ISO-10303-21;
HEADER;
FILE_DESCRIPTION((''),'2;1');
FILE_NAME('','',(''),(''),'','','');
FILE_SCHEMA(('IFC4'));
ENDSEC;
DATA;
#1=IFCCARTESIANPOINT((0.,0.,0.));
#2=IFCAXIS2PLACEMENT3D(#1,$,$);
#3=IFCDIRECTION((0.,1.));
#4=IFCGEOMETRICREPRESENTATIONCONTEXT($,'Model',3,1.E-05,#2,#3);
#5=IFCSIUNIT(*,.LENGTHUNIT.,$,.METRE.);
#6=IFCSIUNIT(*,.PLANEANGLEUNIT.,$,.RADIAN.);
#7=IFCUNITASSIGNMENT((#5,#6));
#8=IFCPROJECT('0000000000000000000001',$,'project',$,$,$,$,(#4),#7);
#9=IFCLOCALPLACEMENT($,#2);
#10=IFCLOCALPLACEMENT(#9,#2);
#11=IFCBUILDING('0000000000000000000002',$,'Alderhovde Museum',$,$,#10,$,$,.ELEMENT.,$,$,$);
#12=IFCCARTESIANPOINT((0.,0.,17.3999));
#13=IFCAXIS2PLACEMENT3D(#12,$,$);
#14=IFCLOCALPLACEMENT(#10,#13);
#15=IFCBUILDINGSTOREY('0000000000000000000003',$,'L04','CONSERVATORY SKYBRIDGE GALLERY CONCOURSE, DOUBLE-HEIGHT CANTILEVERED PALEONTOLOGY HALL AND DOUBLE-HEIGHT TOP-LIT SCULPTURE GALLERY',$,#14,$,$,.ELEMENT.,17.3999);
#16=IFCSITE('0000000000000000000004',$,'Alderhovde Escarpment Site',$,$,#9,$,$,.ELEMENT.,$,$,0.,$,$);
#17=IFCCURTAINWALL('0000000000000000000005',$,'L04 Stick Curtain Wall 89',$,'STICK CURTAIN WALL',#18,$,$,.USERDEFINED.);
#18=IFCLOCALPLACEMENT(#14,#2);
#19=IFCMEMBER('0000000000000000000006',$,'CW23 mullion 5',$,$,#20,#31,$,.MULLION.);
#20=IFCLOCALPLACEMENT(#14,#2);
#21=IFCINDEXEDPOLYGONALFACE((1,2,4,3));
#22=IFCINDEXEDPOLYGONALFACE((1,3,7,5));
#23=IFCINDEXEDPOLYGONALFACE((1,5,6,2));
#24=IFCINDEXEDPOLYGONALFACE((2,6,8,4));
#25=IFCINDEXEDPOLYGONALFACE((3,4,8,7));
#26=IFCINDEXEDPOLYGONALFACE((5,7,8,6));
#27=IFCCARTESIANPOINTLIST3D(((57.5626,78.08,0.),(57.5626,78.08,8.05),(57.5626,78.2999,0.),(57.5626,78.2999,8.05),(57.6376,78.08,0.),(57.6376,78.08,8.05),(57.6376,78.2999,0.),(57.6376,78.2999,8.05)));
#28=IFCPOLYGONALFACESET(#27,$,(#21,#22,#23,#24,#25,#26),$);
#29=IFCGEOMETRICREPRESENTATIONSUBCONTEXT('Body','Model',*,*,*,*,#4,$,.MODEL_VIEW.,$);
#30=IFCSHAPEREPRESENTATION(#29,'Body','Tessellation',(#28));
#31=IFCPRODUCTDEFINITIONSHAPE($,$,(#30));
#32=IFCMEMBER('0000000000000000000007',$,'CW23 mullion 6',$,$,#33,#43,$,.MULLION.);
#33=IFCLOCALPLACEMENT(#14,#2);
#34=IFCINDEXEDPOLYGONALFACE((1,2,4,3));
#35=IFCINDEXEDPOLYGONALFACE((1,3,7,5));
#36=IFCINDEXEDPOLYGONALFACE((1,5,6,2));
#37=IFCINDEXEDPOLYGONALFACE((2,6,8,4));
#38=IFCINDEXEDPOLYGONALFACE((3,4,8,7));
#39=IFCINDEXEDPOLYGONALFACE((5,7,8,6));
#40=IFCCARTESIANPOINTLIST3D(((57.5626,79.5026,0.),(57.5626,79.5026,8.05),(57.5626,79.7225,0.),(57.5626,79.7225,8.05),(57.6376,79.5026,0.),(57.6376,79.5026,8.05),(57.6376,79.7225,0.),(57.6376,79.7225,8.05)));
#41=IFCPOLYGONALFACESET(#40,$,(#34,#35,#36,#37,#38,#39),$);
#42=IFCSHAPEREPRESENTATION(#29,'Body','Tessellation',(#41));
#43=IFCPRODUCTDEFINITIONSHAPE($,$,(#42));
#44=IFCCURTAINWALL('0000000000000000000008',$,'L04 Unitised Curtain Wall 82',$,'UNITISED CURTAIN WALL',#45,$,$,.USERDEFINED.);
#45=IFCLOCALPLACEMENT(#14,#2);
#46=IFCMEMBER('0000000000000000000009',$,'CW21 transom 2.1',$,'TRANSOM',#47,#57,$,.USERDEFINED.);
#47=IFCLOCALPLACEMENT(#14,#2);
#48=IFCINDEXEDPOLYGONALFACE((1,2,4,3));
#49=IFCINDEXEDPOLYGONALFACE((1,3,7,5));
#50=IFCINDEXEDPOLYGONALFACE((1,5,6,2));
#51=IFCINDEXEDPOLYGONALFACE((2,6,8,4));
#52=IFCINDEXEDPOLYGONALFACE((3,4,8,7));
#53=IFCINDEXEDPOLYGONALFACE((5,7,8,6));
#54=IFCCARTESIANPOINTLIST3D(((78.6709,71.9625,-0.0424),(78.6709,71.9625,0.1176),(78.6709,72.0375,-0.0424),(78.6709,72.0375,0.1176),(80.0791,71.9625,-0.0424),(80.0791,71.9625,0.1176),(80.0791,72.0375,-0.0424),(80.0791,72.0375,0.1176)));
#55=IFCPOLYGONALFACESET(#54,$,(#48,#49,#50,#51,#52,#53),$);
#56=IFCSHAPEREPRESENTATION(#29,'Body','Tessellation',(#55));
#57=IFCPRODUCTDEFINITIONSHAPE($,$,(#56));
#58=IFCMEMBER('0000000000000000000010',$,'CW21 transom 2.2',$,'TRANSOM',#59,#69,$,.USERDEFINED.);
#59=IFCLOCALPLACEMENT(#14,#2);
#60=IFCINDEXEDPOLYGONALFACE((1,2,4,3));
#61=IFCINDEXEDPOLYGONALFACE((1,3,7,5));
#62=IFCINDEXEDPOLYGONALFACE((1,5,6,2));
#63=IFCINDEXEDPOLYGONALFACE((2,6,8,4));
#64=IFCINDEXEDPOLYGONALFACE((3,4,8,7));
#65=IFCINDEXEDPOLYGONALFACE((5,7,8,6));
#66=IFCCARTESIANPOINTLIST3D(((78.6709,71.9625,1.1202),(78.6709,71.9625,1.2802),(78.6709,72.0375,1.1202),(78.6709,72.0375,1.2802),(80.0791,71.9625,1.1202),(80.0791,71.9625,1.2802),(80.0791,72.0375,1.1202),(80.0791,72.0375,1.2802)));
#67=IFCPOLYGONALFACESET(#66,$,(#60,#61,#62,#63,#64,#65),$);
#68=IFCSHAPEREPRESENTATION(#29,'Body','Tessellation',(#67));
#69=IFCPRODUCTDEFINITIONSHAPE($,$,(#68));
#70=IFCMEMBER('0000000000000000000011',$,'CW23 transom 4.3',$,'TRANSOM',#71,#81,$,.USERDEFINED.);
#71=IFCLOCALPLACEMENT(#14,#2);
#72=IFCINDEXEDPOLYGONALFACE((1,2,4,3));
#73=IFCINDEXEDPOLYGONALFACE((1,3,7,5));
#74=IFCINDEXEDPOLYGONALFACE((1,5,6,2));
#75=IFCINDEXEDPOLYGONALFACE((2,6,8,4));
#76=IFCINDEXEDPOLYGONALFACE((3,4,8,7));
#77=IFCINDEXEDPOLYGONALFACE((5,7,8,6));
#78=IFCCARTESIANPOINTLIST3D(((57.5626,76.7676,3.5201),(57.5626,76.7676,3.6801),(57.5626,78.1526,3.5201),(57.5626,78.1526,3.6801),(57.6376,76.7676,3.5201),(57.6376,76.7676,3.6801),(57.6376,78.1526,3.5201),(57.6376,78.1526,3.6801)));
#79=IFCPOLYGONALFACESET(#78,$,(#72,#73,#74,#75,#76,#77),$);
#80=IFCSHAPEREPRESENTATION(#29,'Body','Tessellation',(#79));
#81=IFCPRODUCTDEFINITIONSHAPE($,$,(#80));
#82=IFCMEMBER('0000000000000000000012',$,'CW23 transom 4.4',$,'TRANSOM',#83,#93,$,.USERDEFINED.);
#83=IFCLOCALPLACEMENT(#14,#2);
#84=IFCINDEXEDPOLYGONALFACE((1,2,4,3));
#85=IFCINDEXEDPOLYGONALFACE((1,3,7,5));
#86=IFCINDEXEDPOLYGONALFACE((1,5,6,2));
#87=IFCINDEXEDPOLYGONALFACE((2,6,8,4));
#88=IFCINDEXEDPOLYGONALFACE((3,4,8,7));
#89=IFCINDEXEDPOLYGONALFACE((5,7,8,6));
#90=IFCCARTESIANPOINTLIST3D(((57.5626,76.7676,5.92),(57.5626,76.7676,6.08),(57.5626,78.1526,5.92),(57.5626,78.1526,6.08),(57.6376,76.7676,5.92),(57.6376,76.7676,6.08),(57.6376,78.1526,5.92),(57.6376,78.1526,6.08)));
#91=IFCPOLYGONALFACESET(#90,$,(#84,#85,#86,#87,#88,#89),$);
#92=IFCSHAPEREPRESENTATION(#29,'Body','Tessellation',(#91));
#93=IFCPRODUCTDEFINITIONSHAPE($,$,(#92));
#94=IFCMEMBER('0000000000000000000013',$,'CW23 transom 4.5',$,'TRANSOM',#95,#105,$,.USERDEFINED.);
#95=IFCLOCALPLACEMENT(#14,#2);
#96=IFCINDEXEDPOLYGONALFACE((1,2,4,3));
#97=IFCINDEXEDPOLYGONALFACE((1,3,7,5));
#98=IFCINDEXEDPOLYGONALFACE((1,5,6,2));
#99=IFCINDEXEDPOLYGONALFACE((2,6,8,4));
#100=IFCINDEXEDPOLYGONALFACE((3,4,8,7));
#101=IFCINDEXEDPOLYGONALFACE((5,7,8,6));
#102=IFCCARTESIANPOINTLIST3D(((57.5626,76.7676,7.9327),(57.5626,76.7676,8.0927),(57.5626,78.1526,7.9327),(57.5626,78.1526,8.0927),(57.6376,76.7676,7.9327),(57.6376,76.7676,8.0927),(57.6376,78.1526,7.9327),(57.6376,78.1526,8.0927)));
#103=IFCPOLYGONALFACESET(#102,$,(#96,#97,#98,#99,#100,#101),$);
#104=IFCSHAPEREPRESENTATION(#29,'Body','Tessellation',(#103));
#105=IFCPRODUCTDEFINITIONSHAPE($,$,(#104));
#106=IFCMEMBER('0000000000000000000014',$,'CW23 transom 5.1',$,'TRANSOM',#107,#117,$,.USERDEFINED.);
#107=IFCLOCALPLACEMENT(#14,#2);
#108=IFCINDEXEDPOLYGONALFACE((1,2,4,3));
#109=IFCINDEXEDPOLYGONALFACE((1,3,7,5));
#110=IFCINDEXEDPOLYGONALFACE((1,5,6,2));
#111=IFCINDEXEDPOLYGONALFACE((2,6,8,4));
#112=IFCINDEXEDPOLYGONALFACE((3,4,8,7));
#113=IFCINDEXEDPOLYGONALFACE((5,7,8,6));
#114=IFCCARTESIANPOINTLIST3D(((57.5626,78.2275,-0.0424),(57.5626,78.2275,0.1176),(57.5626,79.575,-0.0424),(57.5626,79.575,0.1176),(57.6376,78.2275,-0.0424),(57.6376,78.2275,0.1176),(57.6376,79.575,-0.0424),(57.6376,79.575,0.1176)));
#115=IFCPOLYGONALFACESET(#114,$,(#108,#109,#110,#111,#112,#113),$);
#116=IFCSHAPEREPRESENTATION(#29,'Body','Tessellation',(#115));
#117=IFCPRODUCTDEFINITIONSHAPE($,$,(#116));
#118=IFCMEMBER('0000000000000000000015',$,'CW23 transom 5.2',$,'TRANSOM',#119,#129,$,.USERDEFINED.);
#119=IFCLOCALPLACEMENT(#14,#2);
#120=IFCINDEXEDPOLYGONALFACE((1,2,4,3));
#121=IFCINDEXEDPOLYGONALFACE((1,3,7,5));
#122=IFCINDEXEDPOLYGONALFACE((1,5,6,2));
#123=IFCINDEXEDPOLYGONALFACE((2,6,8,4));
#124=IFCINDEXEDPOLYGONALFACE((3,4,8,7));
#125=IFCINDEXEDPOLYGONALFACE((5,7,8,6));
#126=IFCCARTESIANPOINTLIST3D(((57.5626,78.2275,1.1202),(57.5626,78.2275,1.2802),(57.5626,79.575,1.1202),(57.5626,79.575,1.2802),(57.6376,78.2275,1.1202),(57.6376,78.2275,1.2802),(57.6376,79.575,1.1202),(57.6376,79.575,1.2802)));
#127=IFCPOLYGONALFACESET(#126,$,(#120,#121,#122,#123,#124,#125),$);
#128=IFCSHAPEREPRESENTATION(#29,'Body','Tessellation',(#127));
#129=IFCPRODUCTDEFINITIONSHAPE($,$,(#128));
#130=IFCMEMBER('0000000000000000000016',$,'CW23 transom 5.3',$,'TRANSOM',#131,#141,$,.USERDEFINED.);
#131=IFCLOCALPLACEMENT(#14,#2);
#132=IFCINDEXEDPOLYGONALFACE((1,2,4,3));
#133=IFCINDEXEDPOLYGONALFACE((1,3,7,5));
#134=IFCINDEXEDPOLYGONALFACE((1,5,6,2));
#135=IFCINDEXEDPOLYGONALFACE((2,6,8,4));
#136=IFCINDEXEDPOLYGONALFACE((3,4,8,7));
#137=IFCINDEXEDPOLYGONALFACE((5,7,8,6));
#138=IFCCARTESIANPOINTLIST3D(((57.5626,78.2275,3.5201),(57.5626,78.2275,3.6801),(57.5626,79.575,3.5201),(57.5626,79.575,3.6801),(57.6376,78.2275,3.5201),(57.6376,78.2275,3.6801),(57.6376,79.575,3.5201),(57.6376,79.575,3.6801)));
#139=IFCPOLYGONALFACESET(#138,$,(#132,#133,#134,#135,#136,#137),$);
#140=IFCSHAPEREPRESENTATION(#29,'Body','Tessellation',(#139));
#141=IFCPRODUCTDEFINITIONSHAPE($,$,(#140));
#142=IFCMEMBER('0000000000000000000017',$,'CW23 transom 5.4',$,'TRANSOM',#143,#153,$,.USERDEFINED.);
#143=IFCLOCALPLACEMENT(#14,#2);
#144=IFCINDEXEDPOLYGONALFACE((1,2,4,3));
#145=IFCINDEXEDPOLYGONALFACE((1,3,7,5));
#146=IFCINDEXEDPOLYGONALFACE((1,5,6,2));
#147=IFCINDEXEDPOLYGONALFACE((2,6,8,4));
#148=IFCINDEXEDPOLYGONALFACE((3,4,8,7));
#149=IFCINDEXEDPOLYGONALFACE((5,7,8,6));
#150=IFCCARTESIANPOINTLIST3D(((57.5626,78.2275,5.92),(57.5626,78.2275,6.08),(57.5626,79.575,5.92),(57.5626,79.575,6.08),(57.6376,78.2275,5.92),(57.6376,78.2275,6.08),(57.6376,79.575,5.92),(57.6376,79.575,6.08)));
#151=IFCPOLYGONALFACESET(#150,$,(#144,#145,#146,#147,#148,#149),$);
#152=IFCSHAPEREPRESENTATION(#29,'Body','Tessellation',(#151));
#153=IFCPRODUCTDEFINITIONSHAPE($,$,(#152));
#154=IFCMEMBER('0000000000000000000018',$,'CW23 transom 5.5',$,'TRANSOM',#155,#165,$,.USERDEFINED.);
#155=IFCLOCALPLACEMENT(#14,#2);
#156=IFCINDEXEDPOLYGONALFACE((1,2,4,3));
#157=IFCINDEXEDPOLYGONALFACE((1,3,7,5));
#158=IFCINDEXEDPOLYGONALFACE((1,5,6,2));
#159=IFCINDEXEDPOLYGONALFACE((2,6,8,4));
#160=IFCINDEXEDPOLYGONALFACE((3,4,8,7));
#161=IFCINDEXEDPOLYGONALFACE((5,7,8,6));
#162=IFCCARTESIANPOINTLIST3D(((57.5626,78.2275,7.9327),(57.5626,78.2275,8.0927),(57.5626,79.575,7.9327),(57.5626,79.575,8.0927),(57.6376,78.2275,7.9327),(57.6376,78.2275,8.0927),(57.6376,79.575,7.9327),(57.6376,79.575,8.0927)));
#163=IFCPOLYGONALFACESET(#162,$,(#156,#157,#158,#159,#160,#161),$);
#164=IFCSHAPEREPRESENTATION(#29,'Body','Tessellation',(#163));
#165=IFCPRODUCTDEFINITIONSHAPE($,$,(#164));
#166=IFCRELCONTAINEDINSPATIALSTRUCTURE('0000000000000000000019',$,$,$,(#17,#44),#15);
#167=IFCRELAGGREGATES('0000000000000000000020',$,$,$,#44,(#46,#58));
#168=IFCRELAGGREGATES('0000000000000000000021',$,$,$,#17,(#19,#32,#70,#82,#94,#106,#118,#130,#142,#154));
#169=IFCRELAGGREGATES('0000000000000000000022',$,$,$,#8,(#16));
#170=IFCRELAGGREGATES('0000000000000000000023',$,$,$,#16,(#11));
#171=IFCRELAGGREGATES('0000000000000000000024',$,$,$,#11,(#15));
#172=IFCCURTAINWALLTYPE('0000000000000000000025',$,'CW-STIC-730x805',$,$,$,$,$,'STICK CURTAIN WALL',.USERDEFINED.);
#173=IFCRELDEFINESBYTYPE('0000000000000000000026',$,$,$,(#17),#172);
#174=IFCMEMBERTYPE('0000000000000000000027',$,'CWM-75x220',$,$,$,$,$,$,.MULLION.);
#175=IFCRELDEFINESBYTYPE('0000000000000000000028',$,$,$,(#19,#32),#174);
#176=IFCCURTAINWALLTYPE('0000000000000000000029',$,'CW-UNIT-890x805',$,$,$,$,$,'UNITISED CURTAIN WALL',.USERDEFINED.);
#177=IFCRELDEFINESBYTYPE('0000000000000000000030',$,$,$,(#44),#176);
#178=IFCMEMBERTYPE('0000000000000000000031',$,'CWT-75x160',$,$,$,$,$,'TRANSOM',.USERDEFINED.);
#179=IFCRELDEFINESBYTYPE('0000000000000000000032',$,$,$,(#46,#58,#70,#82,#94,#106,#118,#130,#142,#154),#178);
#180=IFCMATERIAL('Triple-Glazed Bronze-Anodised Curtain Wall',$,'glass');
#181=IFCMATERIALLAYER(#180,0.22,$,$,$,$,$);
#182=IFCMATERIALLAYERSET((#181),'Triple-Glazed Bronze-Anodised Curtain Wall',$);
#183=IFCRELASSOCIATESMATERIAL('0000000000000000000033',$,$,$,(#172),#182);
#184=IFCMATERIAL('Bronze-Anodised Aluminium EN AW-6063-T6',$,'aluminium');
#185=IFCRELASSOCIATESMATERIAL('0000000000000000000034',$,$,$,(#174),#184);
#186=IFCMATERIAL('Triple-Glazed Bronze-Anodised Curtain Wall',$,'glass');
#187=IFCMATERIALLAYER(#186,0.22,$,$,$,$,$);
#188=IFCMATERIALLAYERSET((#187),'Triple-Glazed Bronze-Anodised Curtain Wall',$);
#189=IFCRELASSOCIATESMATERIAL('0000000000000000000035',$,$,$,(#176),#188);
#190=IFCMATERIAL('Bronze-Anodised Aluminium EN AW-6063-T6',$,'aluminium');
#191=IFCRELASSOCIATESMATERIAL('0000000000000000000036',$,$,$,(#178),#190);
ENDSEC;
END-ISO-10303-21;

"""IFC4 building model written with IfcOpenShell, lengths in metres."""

from ifc_helpers import new_model, si_unit, direction, frame, origin, origin_2d, place, context, subcontext, project, spatial, rectangle, extrude, material, layer, layer_set, material_profile, profile_set, type_object, element, aggregate, save


model = new_model("IFC4")

# Units and contexts
model_context = context("Model", 3, precision=1e-05, world=origin(), true_north=direction((0.0, 1.0)))
body_context = subcontext(model_context, "Body", "Model", "MODEL_VIEW")
ifc_project = project(units=[si_unit("LENGTHUNIT", "METRE"), si_unit("PLANEANGLEUNIT", "RADIAN")], contexts=[model_context])

# Site, building, storey
site_placement = place(None, origin())
site = spatial("IfcSite", under=ifc_project, at=site_placement, Name="Alderhovde Escarpment Site", CompositionType="ELEMENT", RefElevation=0.0)
building_placement = place(site_placement, origin())
building = spatial("IfcBuilding", under=site, at=building_placement, Name="Alderhovde Museum", CompositionType="ELEMENT")
storey_placement = place(building_placement, frame((0.0, 0.0, 17.3999)))
storey = spatial("IfcBuildingStorey", under=building, at=storey_placement, Name="L04", Description="CONSERVATORY SKYBRIDGE GALLERY CONCOURSE, DOUBLE-HEIGHT CANTILEVERED PALEONTOLOGY HALL AND DOUBLE-HEIGHT TOP-LIT SCULPTURE GALLERY", CompositionType="ELEMENT", Elevation=17.3999)

# Curtain walls, members
ifc_material_1 = material(Name="Triple-Glazed Bronze-Anodised Curtain Wall", Category="glass")
ifc_layer_1 = layer(ifc_material_1, 0.22)
ifc_layer_set_1 = layer_set([ifc_layer_1], Name="Triple-Glazed Bronze-Anodised Curtain Wall")
curtain_wall_type_1 = type_object("IfcCurtainWallType", Name="CW-STIC-730x805", ElementType="STICK CURTAIN WALL", PredefinedType="USERDEFINED", material=ifc_layer_set_1)
curtain_wall_1_placement = place(storey_placement, origin())
curtain_wall_1 = element("IfcCurtainWall", 1, at=curtain_wall_1_placement, inside=storey, type_object=curtain_wall_type_1, Name="L04 Stick Curtain Wall 89", ObjectType="STICK CURTAIN WALL", PredefinedType="USERDEFINED")
ifc_material_2 = material(Name="Bronze-Anodised Aluminium EN AW-6063-T6", Category="aluminium")
ifc_material_profile_1 = material_profile(ifc_material_2, rectangle(XDim=0.075, YDim=0.22, at=origin_2d()), Name="MULLION 75x220")
ifc_profile_set_1 = profile_set([ifc_material_profile_1], Name="Bronze-Anodised Aluminium EN AW-6063-T6")
member_type_1 = type_object("IfcMemberType", Name="CWM-75x220", PredefinedType="MULLION", material=ifc_profile_set_1)
member_1_placement = place(storey_placement, frame((57.6001, 78.1899, 0.0), z_axis=(0.0, 0.0, 1.0), x_axis=(-1.0, 0.0, 0.0)))
member_1 = element("IfcMember", 2, at=member_1_placement, type_object=member_type_1, Name="CW23 mullion 5", PredefinedType="MULLION", context=body_context, shape_type="SweptSolid", body=[
    extrude(rectangle(XDim=0.075, YDim=0.22, at=origin_2d()), origin(), (0.0, 0.0, 1.0), 8.05),
])
member_2_placement = place(storey_placement, frame((57.6001, 79.6125, 0.0), z_axis=(0.0, 0.0, 1.0), x_axis=(-1.0, 0.0, 0.0)))
member_2 = element("IfcMember", 3, at=member_2_placement, type_object=member_type_1, Name="CW23 mullion 6", PredefinedType="MULLION", context=body_context, shape_type="SweptSolid", body=[
    extrude(rectangle(XDim=0.075, YDim=0.22, at=origin_2d()), origin(), (0.0, 0.0, 1.0), 8.05),
])
ifc_material_3 = material(Name="Triple-Glazed Bronze-Anodised Curtain Wall", Category="glass")
ifc_layer_2 = layer(ifc_material_3, 0.22)
ifc_layer_set_2 = layer_set([ifc_layer_2], Name="Triple-Glazed Bronze-Anodised Curtain Wall")
curtain_wall_type_2 = type_object("IfcCurtainWallType", Name="CW-UNIT-890x805", ElementType="UNITISED CURTAIN WALL", PredefinedType="USERDEFINED", material=ifc_layer_set_2)
curtain_wall_2_placement = place(storey_placement, origin())
curtain_wall_2 = element("IfcCurtainWall", 4, at=curtain_wall_2_placement, inside=storey, type_object=curtain_wall_type_2, Name="L04 Unitised Curtain Wall 82", ObjectType="UNITISED CURTAIN WALL", PredefinedType="USERDEFINED")
ifc_material_4 = material(Name="Bronze-Anodised Aluminium EN AW-6063-T6", Category="aluminium")
ifc_material_profile_2 = material_profile(ifc_material_4, rectangle(XDim=0.075, YDim=0.1599, at=origin_2d()), Name="TRANSOM 75x160")
ifc_profile_set_2 = profile_set([ifc_material_profile_2], Name="Bronze-Anodised Aluminium EN AW-6063-T6")
member_type_2 = type_object("IfcMemberType", Name="CWT-75x160", ElementType="TRANSOM", PredefinedType="USERDEFINED", material=ifc_profile_set_2)
member_3_placement = place(storey_placement, frame((78.6709, 72.0, 0.0376), z_axis=(1.0, 0.0, 0.0), x_axis=(0.0, 1.0, 0.0)))
member_3 = element("IfcMember", 5, at=member_3_placement, type_object=member_type_2, Name="CW21 transom 2.1", ObjectType="TRANSOM", PredefinedType="USERDEFINED", context=body_context, shape_type="SweptSolid", body=[
    extrude(rectangle(XDim=0.075, YDim=0.1599, at=origin_2d()), origin(), (0.0, 0.0, 1.0), 1.4082),
])
member_4_placement = place(storey_placement, frame((78.6709, 72.0, 1.2002), z_axis=(1.0, 0.0, 0.0), x_axis=(0.0, 1.0, 0.0)))
member_4 = element("IfcMember", 6, at=member_4_placement, type_object=member_type_2, Name="CW21 transom 2.2", ObjectType="TRANSOM", PredefinedType="USERDEFINED", context=body_context, shape_type="SweptSolid", body=[
    extrude(rectangle(XDim=0.075, YDim=0.1599, at=origin_2d()), origin(), (0.0, 0.0, 1.0), 1.4082),
])
aggregate(curtain_wall_2, [member_3, member_4])

# Members
member_5_placement = place(storey_placement, frame((57.6001, 76.7676, 3.6001), z_axis=(0.0, 1.0, 0.0), x_axis=(-1.0, 0.0, 0.0)))
member_5 = element("IfcMember", 7, at=member_5_placement, type_object=member_type_2, Name="CW23 transom 4.3", ObjectType="TRANSOM", PredefinedType="USERDEFINED", context=body_context, shape_type="SweptSolid", body=[
    extrude(rectangle(XDim=0.075, YDim=0.1599, at=origin_2d()), origin(), (0.0, 0.0, 1.0), 1.385),
])
member_6_placement = place(storey_placement, frame((57.6001, 76.7676, 6.0), z_axis=(0.0, 1.0, 0.0), x_axis=(-1.0, 0.0, 0.0)))
member_6 = element("IfcMember", 8, at=member_6_placement, type_object=member_type_2, Name="CW23 transom 4.4", ObjectType="TRANSOM", PredefinedType="USERDEFINED", context=body_context, shape_type="SweptSolid", body=[
    extrude(rectangle(XDim=0.075, YDim=0.1599, at=origin_2d()), origin(), (0.0, 0.0, 1.0), 1.385),
])
member_7_placement = place(storey_placement, frame((57.6001, 76.7676, 8.0127), z_axis=(0.0, 1.0, 0.0), x_axis=(-1.0, 0.0, 0.0)))
member_7 = element("IfcMember", 9, at=member_7_placement, type_object=member_type_2, Name="CW23 transom 4.5", ObjectType="TRANSOM", PredefinedType="USERDEFINED", context=body_context, shape_type="SweptSolid", body=[
    extrude(rectangle(XDim=0.075, YDim=0.1599, at=origin_2d()), origin(), (0.0, 0.0, 1.0), 1.385),
])
member_8_placement = place(storey_placement, frame((57.6001, 78.2275, 0.0376), z_axis=(0.0, 1.0, 0.0), x_axis=(-1.0, 0.0, 0.0)))
member_8 = element("IfcMember", 10, at=member_8_placement, type_object=member_type_2, Name="CW23 transom 5.1", ObjectType="TRANSOM", PredefinedType="USERDEFINED", context=body_context, shape_type="SweptSolid", body=[
    extrude(rectangle(XDim=0.075, YDim=0.1599, at=origin_2d()), origin(), (0.0, 0.0, 1.0), 1.3474),
])
member_9_placement = place(storey_placement, frame((57.6001, 78.2275, 1.2002), z_axis=(0.0, 1.0, 0.0), x_axis=(-1.0, 0.0, 0.0)))
member_9 = element("IfcMember", 11, at=member_9_placement, type_object=member_type_2, Name="CW23 transom 5.2", ObjectType="TRANSOM", PredefinedType="USERDEFINED", context=body_context, shape_type="SweptSolid", body=[
    extrude(rectangle(XDim=0.075, YDim=0.1599, at=origin_2d()), origin(), (0.0, 0.0, 1.0), 1.3474),
])
member_10_placement = place(storey_placement, frame((57.6001, 78.2275, 3.6001), z_axis=(0.0, 1.0, 0.0), x_axis=(-1.0, 0.0, 0.0)))
member_10 = element("IfcMember", 12, at=member_10_placement, type_object=member_type_2, Name="CW23 transom 5.3", ObjectType="TRANSOM", PredefinedType="USERDEFINED", context=body_context, shape_type="SweptSolid", body=[
    extrude(rectangle(XDim=0.075, YDim=0.1599, at=origin_2d()), origin(), (0.0, 0.0, 1.0), 1.3474),
])
member_11_placement = place(storey_placement, frame((57.6001, 78.2275, 6.0), z_axis=(0.0, 1.0, 0.0), x_axis=(-1.0, 0.0, 0.0)))
member_11 = element("IfcMember", 13, at=member_11_placement, type_object=member_type_2, Name="CW23 transom 5.4", ObjectType="TRANSOM", PredefinedType="USERDEFINED", context=body_context, shape_type="SweptSolid", body=[
    extrude(rectangle(XDim=0.075, YDim=0.1599, at=origin_2d()), origin(), (0.0, 0.0, 1.0), 1.3474),
])
member_12_placement = place(storey_placement, frame((57.6001, 78.2275, 8.0127), z_axis=(0.0, 1.0, 0.0), x_axis=(-1.0, 0.0, 0.0)))
member_12 = element("IfcMember", 14, at=member_12_placement, type_object=member_type_2, Name="CW23 transom 5.5", ObjectType="TRANSOM", PredefinedType="USERDEFINED", context=body_context, shape_type="SweptSolid", body=[
    extrude(rectangle(XDim=0.075, YDim=0.1599, at=origin_2d()), origin(), (0.0, 0.0, 1.0), 1.3474),
])

aggregate(curtain_wall_1, [member_1, member_2, member_5, member_6, member_7, member_8, member_9, member_10, member_11, member_12])

save(model, "model.ifc")
